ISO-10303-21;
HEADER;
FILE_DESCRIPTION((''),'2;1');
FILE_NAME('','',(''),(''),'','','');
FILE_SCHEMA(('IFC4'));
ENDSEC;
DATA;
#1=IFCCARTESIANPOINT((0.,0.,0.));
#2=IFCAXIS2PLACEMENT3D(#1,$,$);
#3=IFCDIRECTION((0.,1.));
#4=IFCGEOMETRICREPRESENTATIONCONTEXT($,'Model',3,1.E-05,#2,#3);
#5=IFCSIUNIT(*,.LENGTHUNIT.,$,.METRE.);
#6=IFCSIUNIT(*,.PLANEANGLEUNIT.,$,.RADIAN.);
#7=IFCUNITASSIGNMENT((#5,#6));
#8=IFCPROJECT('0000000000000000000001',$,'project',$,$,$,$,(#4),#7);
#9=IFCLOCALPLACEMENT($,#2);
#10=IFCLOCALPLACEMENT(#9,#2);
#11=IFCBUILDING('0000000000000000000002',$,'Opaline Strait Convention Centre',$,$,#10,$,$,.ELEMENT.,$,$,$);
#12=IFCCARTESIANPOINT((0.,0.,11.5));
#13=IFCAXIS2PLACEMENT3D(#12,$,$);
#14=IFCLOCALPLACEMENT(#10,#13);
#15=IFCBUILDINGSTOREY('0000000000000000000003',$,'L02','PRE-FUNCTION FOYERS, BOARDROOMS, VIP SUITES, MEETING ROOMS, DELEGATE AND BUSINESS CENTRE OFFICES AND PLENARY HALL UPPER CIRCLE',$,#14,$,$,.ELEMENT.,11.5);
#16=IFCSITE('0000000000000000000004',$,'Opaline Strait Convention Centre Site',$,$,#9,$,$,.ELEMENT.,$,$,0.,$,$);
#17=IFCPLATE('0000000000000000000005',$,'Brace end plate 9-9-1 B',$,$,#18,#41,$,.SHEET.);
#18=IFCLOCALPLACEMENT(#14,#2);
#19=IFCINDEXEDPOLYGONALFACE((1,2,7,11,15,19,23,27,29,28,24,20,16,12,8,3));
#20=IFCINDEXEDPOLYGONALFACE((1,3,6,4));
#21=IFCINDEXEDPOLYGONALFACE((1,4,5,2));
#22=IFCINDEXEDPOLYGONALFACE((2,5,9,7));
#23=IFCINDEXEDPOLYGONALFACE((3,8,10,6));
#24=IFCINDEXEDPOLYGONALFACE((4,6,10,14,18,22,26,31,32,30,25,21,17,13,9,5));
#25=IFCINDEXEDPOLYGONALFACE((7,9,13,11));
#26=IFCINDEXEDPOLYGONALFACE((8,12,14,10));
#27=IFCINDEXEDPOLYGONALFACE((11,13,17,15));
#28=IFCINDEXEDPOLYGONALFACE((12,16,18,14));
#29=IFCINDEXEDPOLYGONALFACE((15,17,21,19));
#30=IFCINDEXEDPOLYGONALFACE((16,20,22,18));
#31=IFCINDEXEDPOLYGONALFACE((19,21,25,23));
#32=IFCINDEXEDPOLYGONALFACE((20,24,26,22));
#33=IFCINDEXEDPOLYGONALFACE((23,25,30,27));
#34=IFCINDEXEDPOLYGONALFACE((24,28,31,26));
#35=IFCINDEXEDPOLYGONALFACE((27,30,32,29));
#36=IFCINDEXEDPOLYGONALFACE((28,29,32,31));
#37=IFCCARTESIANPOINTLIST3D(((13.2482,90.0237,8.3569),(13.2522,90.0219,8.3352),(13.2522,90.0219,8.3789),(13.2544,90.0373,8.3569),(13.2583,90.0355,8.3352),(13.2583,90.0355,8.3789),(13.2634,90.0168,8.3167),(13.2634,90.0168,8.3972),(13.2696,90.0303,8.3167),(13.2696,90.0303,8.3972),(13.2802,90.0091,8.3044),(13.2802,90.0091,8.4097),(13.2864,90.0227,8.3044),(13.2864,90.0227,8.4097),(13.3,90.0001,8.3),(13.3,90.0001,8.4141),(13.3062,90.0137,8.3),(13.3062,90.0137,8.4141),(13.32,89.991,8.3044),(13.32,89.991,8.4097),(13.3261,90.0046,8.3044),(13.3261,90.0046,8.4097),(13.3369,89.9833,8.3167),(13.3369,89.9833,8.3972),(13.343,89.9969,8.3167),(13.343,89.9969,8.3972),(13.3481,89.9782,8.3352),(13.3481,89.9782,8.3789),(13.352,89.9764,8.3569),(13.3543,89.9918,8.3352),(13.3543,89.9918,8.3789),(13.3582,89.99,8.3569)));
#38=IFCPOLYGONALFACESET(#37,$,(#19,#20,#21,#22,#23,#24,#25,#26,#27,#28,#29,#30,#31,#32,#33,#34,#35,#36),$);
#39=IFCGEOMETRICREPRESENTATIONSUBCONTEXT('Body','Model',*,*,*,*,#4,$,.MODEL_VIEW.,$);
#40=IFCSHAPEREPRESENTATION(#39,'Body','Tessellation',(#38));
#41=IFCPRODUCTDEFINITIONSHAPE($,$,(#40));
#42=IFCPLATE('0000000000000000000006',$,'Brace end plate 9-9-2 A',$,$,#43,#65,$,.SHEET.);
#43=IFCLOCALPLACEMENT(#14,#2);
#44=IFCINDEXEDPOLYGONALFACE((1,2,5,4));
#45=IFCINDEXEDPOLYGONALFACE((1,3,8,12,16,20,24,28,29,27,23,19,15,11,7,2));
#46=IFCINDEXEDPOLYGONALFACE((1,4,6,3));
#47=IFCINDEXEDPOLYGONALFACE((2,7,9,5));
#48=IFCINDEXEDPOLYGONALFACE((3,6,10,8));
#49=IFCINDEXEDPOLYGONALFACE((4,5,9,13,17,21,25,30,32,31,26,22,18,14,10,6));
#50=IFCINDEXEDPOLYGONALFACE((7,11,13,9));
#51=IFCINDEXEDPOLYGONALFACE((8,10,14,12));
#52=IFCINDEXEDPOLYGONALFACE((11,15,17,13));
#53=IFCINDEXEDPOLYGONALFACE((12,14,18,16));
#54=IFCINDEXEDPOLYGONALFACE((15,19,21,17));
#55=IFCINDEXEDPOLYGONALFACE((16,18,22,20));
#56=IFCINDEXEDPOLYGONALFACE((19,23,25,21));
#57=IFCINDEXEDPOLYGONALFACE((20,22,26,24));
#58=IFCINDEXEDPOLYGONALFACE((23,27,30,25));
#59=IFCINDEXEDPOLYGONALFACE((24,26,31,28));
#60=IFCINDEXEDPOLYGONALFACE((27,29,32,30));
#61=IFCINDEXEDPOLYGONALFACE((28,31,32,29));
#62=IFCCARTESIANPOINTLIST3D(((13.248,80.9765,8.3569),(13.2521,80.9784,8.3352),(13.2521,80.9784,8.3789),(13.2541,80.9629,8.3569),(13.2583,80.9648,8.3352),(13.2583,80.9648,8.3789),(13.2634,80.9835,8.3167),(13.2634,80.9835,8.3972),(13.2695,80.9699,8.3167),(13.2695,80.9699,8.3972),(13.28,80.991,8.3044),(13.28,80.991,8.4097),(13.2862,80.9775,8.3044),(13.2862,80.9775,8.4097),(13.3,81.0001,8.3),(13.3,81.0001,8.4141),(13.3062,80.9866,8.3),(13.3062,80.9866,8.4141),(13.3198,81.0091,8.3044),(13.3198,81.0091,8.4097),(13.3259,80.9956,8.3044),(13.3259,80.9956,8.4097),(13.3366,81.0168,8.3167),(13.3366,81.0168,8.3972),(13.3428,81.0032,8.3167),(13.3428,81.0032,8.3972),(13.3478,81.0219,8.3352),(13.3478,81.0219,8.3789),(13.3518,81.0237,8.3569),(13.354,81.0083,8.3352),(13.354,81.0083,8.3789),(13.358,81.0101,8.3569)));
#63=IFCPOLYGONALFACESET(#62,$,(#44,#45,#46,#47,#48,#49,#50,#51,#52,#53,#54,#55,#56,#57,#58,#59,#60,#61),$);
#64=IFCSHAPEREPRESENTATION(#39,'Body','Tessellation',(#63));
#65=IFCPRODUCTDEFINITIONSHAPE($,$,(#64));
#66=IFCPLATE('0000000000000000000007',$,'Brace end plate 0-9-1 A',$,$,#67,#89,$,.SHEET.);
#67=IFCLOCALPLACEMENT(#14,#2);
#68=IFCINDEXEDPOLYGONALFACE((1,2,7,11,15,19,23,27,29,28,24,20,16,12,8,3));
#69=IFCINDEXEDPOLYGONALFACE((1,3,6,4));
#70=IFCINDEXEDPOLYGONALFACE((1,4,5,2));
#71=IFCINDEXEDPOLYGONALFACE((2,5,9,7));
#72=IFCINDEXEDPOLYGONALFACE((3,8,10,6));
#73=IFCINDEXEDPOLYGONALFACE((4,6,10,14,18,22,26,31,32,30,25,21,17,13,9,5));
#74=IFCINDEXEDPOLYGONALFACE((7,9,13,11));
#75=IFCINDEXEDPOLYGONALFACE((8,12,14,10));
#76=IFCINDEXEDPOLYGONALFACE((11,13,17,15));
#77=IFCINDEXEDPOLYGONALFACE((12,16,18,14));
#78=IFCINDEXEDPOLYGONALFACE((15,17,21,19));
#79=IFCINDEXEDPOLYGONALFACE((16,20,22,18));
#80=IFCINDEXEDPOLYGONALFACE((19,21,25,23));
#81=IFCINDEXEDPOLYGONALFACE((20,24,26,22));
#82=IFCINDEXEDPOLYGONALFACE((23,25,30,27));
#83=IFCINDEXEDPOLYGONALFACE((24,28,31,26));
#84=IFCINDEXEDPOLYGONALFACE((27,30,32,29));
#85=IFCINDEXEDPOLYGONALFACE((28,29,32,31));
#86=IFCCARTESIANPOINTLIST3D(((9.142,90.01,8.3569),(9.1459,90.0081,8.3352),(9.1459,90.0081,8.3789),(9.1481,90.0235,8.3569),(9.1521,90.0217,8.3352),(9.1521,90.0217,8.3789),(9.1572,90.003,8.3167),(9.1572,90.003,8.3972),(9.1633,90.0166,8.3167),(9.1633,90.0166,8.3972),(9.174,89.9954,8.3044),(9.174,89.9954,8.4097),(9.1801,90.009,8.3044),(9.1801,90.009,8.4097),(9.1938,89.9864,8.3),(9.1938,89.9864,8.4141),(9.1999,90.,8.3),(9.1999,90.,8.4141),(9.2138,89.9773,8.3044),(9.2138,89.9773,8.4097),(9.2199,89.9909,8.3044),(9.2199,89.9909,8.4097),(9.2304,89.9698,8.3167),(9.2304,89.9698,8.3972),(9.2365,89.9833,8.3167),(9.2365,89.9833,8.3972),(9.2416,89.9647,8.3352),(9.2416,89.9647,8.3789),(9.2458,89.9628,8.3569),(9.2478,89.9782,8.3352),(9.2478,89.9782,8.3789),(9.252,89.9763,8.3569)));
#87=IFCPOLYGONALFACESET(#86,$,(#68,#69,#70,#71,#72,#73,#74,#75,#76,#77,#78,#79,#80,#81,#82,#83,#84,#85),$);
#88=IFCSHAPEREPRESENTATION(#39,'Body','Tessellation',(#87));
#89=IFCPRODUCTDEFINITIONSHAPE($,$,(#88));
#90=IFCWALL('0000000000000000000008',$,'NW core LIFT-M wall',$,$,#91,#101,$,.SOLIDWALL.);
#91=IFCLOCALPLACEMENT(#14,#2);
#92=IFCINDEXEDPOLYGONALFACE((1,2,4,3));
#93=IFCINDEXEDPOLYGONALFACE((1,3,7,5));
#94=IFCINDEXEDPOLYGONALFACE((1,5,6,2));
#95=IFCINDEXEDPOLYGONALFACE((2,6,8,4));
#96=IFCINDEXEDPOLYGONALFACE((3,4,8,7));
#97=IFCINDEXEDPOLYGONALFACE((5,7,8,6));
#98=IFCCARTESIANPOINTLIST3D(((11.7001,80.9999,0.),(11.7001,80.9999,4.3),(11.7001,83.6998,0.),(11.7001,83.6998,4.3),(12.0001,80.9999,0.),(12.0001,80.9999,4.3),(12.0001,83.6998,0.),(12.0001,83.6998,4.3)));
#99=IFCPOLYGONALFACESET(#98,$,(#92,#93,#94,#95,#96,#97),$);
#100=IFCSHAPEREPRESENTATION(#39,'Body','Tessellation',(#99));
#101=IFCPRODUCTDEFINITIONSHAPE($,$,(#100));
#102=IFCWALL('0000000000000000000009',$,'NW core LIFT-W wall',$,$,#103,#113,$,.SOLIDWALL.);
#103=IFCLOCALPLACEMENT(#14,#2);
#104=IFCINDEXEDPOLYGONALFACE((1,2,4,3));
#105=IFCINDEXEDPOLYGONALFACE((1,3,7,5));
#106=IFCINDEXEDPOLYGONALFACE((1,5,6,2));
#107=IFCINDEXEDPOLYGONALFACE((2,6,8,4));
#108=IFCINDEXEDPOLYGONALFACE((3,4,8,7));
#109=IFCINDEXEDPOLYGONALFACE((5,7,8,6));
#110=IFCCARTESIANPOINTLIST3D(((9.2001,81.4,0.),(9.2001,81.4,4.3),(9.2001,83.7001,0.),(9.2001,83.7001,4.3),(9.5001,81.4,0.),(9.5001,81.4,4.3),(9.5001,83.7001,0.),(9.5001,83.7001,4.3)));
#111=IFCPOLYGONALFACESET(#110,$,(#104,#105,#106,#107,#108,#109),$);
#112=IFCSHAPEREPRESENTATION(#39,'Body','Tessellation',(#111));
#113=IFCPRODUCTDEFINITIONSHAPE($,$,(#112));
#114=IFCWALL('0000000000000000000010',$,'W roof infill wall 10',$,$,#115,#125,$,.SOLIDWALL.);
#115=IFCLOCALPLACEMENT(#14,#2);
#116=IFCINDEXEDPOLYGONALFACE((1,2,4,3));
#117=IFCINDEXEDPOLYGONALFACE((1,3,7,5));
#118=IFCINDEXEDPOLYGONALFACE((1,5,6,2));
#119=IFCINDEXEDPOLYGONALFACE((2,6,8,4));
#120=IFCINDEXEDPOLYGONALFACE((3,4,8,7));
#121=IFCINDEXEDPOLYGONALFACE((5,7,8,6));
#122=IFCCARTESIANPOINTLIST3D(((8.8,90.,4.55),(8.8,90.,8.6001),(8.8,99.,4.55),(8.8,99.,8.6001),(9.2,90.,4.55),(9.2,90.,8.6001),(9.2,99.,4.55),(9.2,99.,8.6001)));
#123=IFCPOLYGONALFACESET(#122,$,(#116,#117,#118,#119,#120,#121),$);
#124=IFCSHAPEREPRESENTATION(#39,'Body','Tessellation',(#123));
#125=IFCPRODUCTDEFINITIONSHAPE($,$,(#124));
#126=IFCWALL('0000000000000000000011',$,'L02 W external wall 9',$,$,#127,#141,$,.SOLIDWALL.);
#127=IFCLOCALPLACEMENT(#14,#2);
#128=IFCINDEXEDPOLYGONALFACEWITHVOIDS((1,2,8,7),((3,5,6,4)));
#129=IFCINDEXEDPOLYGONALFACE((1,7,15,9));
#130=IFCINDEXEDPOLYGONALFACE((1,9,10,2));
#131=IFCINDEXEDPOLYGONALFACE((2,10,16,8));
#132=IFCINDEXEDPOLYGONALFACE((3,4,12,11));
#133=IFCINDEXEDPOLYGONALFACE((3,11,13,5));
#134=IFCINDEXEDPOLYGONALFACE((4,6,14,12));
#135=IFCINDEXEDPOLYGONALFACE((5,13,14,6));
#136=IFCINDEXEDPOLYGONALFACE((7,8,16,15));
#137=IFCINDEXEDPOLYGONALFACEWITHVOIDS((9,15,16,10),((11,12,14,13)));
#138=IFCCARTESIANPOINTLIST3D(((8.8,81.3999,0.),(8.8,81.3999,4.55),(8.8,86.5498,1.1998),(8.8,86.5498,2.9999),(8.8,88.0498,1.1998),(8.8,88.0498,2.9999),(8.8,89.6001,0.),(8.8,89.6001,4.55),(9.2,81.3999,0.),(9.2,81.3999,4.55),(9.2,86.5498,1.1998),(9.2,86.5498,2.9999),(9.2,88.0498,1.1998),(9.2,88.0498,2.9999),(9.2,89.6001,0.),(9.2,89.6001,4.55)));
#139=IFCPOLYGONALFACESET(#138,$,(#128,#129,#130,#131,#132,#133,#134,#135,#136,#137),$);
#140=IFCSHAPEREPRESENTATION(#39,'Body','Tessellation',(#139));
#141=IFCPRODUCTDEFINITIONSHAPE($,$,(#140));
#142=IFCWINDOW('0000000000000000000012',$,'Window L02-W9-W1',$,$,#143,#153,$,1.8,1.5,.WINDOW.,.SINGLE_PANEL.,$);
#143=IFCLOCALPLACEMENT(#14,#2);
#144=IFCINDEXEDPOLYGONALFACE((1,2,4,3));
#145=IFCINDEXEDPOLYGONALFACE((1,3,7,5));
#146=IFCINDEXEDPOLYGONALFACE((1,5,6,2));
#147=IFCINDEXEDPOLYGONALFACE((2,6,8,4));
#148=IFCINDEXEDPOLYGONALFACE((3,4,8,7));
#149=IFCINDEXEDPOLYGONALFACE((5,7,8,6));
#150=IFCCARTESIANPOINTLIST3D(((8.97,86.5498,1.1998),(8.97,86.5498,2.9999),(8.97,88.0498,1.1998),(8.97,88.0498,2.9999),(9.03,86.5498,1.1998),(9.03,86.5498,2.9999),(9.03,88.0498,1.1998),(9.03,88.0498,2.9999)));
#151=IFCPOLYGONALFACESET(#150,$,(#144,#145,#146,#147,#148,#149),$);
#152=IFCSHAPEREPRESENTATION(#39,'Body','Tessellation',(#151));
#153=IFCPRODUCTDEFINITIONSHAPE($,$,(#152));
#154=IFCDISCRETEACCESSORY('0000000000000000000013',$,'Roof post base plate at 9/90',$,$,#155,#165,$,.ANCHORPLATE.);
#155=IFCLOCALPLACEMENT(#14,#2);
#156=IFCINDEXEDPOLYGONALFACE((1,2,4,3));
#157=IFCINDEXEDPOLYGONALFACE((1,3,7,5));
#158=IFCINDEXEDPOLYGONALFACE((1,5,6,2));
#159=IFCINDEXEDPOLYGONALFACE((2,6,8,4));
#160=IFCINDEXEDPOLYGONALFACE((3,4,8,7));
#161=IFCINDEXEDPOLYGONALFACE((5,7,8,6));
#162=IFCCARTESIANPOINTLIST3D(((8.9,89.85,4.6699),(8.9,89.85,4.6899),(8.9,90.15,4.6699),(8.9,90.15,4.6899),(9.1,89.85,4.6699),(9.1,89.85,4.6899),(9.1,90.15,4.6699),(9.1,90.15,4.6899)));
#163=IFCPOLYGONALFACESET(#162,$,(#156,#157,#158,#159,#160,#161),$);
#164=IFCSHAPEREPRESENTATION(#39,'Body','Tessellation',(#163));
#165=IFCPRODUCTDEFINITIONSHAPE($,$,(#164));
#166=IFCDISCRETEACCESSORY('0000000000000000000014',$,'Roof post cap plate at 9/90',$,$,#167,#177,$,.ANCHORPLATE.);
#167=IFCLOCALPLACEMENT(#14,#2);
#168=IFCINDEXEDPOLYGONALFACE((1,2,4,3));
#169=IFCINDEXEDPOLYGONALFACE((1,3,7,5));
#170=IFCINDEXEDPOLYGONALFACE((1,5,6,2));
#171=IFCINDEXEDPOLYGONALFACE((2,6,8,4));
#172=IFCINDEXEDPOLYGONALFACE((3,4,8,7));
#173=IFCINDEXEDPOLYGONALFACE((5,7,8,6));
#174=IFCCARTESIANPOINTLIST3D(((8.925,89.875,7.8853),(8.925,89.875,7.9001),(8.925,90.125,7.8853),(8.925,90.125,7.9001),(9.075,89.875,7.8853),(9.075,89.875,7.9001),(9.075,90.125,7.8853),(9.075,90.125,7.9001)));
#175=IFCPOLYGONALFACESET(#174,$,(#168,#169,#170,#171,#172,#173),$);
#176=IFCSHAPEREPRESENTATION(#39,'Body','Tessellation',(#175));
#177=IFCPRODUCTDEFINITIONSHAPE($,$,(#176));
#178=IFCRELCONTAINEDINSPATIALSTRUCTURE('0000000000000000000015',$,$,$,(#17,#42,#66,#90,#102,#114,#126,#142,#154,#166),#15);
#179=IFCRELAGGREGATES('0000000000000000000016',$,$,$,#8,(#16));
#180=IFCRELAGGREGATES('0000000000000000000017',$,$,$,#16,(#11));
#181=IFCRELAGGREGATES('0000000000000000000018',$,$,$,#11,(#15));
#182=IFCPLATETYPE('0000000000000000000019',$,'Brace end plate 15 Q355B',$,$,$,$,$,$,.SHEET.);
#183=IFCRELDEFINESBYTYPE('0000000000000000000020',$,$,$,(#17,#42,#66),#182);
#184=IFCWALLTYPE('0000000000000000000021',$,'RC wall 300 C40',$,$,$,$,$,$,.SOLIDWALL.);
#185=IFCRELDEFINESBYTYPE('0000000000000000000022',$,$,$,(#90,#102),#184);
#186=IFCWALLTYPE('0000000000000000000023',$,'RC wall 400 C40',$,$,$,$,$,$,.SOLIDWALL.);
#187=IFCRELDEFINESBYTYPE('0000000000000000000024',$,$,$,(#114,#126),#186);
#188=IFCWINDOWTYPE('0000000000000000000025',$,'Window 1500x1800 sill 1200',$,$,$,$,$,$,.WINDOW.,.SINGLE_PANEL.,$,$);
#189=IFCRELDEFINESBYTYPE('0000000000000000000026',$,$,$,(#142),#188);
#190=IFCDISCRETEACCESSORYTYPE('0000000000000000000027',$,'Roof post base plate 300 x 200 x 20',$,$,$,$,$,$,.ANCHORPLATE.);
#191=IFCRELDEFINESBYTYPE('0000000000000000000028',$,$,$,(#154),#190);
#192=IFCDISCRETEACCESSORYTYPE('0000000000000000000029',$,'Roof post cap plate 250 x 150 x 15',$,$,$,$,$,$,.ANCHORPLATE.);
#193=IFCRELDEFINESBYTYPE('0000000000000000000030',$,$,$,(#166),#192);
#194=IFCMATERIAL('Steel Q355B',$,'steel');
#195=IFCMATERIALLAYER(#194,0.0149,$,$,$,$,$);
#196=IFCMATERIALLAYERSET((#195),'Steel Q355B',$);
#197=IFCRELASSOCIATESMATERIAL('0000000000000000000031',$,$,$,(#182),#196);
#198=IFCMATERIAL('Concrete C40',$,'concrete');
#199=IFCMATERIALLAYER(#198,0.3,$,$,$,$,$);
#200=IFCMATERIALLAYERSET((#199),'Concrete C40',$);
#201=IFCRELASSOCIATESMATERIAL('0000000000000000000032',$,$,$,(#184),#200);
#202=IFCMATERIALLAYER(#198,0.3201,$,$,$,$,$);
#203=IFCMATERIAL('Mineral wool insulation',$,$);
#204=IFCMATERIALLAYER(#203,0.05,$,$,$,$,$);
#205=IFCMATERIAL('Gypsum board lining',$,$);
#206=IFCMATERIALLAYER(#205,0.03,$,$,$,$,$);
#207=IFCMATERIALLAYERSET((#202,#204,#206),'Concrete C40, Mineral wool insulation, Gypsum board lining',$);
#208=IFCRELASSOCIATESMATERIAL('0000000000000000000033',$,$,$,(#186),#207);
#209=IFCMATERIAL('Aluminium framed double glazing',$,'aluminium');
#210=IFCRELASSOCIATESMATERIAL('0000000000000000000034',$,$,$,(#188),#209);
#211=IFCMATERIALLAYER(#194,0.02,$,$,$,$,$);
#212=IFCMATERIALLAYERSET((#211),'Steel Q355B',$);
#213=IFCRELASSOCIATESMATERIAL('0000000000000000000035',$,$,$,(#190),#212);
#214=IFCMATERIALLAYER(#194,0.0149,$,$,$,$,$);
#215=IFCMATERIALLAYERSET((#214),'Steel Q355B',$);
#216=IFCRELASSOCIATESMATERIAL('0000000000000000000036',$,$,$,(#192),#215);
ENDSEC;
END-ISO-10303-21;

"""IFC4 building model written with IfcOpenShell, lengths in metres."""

from ifc_helpers import new_model, si_unit, direction, frame, frame_2d, origin, origin_2d, place, context, subcontext, project, spatial, polyline, rectangle, outline, extrude, material, layer, layer_set, type_object, element, fill, save


model = new_model("IFC4")

# Units and contexts
model_context = context("Model", 3, precision=1e-05, world=origin(), true_north=direction((0.0, 1.0)))
body_context = subcontext(model_context, "Body", "Model", "MODEL_VIEW")
ifc_project = project(units=[si_unit("LENGTHUNIT", "METRE"), si_unit("PLANEANGLEUNIT", "RADIAN")], contexts=[model_context])

# Site, building, storey
site_placement = place(None, origin())
site = spatial("IfcSite", under=ifc_project, at=site_placement, Name="Opaline Strait Convention Centre Site", CompositionType="ELEMENT", RefElevation=0.0)
building_placement = place(site_placement, origin())
building = spatial("IfcBuilding", under=site, at=building_placement, Name="Opaline Strait Convention Centre", CompositionType="ELEMENT")
storey_placement = place(building_placement, frame((0.0, 0.0, 11.5)))
storey = spatial("IfcBuildingStorey", under=building, at=storey_placement, Name="L02", Description="PRE-FUNCTION FOYERS, BOARDROOMS, VIP SUITES, MEETING ROOMS, DELEGATE AND BUSINESS CENTRE OFFICES AND PLENARY HALL UPPER CIRCLE", CompositionType="ELEMENT", Elevation=11.5)

# Shared definitions
ifc_material_1 = material(Name="Concrete C40", Category="concrete")

# Shared definitions
ifc_material_2 = material(Name="Steel Q355B", Category="steel")

# Plates
ifc_layer_1 = layer(ifc_material_2, 0.0149)
ifc_layer_set_1 = layer_set([ifc_layer_1], Name="Steel Q355B")
plate_type = type_object("IfcPlateType", Name="Brace end plate 15 Q355B", PredefinedType="SHEET", material=ifc_layer_set_1)
plate_1_placement = place(storey_placement, frame((13.3582, 89.99, 8.3569), z_axis=(0.414547, 0.910028, 0.0), x_axis=(-0.175212, 0.079815, -0.98129)))
element("IfcPlate", 1, at=plate_1_placement, inside=storey, type_object=plate_type, Name="Brace end plate 9-9-1 B", PredefinedType="SHEET", context=body_context, shape_type="SweptSolid", body=[
    extrude(outline(polyline([(0.0, 0.0), (0.0221, 0.0), (0.0427, 0.0085), (0.0583, 0.0244), (0.0668, 0.0451), (0.0667, 0.0673), (0.0583, 0.0878), (0.0424, 0.1035), (0.022, 0.1119), (-0.0004, 0.1119), (-0.0208, 0.1033), (-0.0366, 0.0876), (-0.0451, 0.0671), (-0.045, 0.0447), (-0.0363, 0.0241), (-0.0207, 0.0084), (0.0, 0.0)])), origin(), (0.0, 0.0, -1.0), 0.0149),
])
plate_2_placement = place(storey_placement, frame((13.3518, 81.0237, 8.3569), z_axis=(-0.413759, 0.910386, 0.0), x_axis=(-0.179277, -0.081479, -0.980419)))
element("IfcPlate", 2, at=plate_2_placement, inside=storey, type_object=plate_type, Name="Brace end plate 9-9-2 A", PredefinedType="SHEET", context=body_context, shape_type="SweptSolid", body=[
    extrude(outline(polyline([(0.0, 0.0), (0.0222, 0.0), (0.0428, 0.0084), (0.0584, 0.0242), (0.067, 0.0446), (0.067, 0.067), (0.0586, 0.0873), (0.0429, 0.103), (0.0225, 0.1118), (0.0, 0.1117), (-0.0204, 0.1032), (-0.0362, 0.0877), (-0.0448, 0.0671), (-0.0448, 0.0449), (-0.0362, 0.0243), (-0.0207, 0.0086), (0.0, 0.0)])), origin(), (0.0, 0.0, -1.0), 0.0149),
])
plate_3_placement = place(storey_placement, frame((9.252, 89.9763, 8.3569), z_axis=(0.413759, 0.910386, 0.0), x_axis=(-0.188026, 0.085456, -0.978439)))
element("IfcPlate", 3, at=plate_3_placement, inside=storey, type_object=plate_type, Name="Brace end plate 0-9-1 A", PredefinedType="SHEET", context=body_context, shape_type="SweptSolid", body=[
    extrude(outline(polyline([(0.0, 0.0), (0.0222, 0.0), (0.0429, 0.0082), (0.0586, 0.0236), (0.0675, 0.0442), (0.0677, 0.0663), (0.0595, 0.0869), (0.0439, 0.1028), (0.0236, 0.1116), (0.0012, 0.1119), (-0.0193, 0.1036), (-0.0353, 0.0881), (-0.0441, 0.0677), (-0.0443, 0.0453), (-0.0359, 0.0249), (-0.0206, 0.009), (0.0, 0.0)])), origin(), (0.0, 0.0, -1.0), 0.0149),
])

# Shared definitions
ifc_layer_2 = layer(ifc_material_1, 0.3)
ifc_layer_set_2 = layer_set([ifc_layer_2], Name="Concrete C40")
wall_type_1 = type_object("IfcWallType", Name="RC wall 300 C40", PredefinedType="SOLIDWALL", material=ifc_layer_set_2)

# Walls
wall_1_placement = place(storey_placement, frame((11.8501, 83.7, 0.0), z_axis=(0.0, 0.0, 1.0), x_axis=(0.0, -1.0, 0.0)))
element("IfcWall", 4, at=wall_1_placement, inside=storey, type_object=wall_type_1, Name="NW core LIFT-M wall", PredefinedType="SOLIDWALL", context=body_context, shape_type="SweptSolid", body=[
    extrude(rectangle(XDim=2.7, YDim=0.3, at=frame_2d((1.3501, 0.0))), origin(), (0.0, 0.0, 1.0), 4.3),
])
wall_2_placement = place(storey_placement, frame((9.3501, 83.7, 0.0), z_axis=(0.0, 0.0, 1.0), x_axis=(0.0, -1.0, 0.0)))
element("IfcWall", 5, at=wall_2_placement, inside=storey, type_object=wall_type_1, Name="NW core LIFT-W wall", PredefinedType="SOLIDWALL", context=body_context, shape_type="SweptSolid", body=[
    extrude(rectangle(XDim=2.3, YDim=0.3, at=frame_2d((1.1499, 0.0))), origin(), (0.0, 0.0, 1.0), 4.3),
])
ifc_layer_3 = layer(ifc_material_1, 0.3201)
ifc_material_3 = material(Name="Mineral wool insulation")
ifc_layer_4 = layer(ifc_material_3, 0.05)
ifc_material_4 = material(Name="Gypsum board lining")
ifc_layer_5 = layer(ifc_material_4, 0.03)
ifc_layer_set_3 = layer_set([ifc_layer_3, ifc_layer_4, ifc_layer_5], Name="Concrete C40, Mineral wool insulation, Gypsum board lining")
wall_type_2 = type_object("IfcWallType", Name="RC wall 400 C40", PredefinedType="SOLIDWALL", material=ifc_layer_set_3)
wall_3_placement = place(storey_placement, frame((9.0, 90.0, 4.55), z_axis=(0.0, 0.0, 1.0), x_axis=(0.0, 1.0, 0.0)))
element("IfcWall", 6, at=wall_3_placement, inside=storey, type_object=wall_type_2, Name="W roof infill wall 10", PredefinedType="SOLIDWALL", context=body_context, shape_type="SweptSolid", body=[
    extrude(rectangle(XDim=9.0, YDim=0.3999, at=frame_2d((4.5, 0.0))), origin(), (0.0, 0.0, 1.0), 4.05),
])

# Wall, opening, window
wall_4_placement = place(storey_placement, frame((9.0, 81.3999, 0.0), z_axis=(0.0, 0.0, 1.0), x_axis=(0.0, 1.0, 0.0)))
wall_4 = element("IfcWall", 7, at=wall_4_placement, inside=storey, type_object=wall_type_2, Name="L02 W external wall 9", PredefinedType="SOLIDWALL", context=body_context, shape_type="SweptSolid", body=[
    extrude(rectangle(XDim=8.2002, YDim=0.3999, at=frame_2d((4.1001, 0.0))), origin(), (0.0, 0.0, 1.0), 4.55),
])
opening_1_placement = place(wall_4_placement, frame((5.1499, 0.0, 1.2)))
opening_1 = element("IfcOpeningElement", 8, at=opening_1_placement, cuts=wall_4, PredefinedType="OPENING", context=body_context, shape_type="SweptSolid", body=[
    extrude(rectangle(XDim=1.5, YDim=1.8, at=frame_2d((0.75, 0.8999))), frame((0.0, 0.21, 0.0), z_axis=(0.0, -1.0, 0.0), x_axis=(1.0, 0.0, 0.0)), (0.0, 0.0, 1.0), 0.4199),
])
ifc_material_5 = material(Name="Aluminium framed double glazing", Category="aluminium")
window_type = type_object("IfcWindowType", Name="Window 1500x1800 sill 1200", PartitioningType="SINGLE_PANEL", PredefinedType="WINDOW", material=ifc_material_5)
window_placement = place(opening_1_placement, origin())
window = element("IfcWindow", 9, at=window_placement, inside=storey, type_object=window_type, Name="Window L02-W9-W1", OverallHeight=1.8, OverallWidth=1.5, PartitioningType="SINGLE_PANEL", PredefinedType="WINDOW", context=body_context, shape_type="SweptSolid", body=[
    extrude(rectangle(XDim=1.5, YDim=1.8, at=frame_2d((0.75, 0.8999))), frame((0.0, 0.03, 0.0), z_axis=(0.0, -1.0, 0.0), x_axis=(1.0, 0.0, 0.0)), (0.0, 0.0, 1.0), 0.0601),
])
fill(opening_1, window)

# Discrete accessories
ifc_layer_6 = layer(ifc_material_2, 0.02)
ifc_layer_set_4 = layer_set([ifc_layer_6], Name="Steel Q355B")
discrete_accessory_type_1 = type_object("IfcDiscreteAccessoryType", Name="Roof post base plate 300 x 200 x 20", PredefinedType="ANCHORPLATE", material=ifc_layer_set_4)
discrete_accessory_1_placement = place(storey_placement, frame((9.0, 90.0, 4.6699), z_axis=(0.0, 0.0, 1.0), x_axis=(1.0, 0.0, 0.0)))
element("IfcDiscreteAccessory", 10, at=discrete_accessory_1_placement, inside=storey, type_object=discrete_accessory_type_1, Name="Roof post base plate at 9/90", PredefinedType="ANCHORPLATE", context=body_context, shape_type="SweptSolid", body=[
    extrude(rectangle(XDim=0.2, YDim=0.3, at=origin_2d()), origin(), (0.0, 0.0, 1.0), 0.02),
])
ifc_layer_7 = layer(ifc_material_2, 0.0149)
ifc_layer_set_5 = layer_set([ifc_layer_7], Name="Steel Q355B")
discrete_accessory_type_2 = type_object("IfcDiscreteAccessoryType", Name="Roof post cap plate 250 x 150 x 15", PredefinedType="ANCHORPLATE", material=ifc_layer_set_5)
discrete_accessory_2_placement = place(storey_placement, frame((9.0, 90.0, 7.8853), z_axis=(0.0, 0.0, 1.0), x_axis=(1.0, 0.0, 0.0)))
element("IfcDiscreteAccessory", 11, at=discrete_accessory_2_placement, inside=storey, type_object=discrete_accessory_type_2, Name="Roof post cap plate at 9/90", PredefinedType="ANCHORPLATE", context=body_context, shape_type="SweptSolid", body=[
    extrude(rectangle(XDim=0.1499, YDim=0.25, at=origin_2d()), origin(), (0.0, 0.0, 1.0), 0.0149),
])

save(model, "model.ifc")
